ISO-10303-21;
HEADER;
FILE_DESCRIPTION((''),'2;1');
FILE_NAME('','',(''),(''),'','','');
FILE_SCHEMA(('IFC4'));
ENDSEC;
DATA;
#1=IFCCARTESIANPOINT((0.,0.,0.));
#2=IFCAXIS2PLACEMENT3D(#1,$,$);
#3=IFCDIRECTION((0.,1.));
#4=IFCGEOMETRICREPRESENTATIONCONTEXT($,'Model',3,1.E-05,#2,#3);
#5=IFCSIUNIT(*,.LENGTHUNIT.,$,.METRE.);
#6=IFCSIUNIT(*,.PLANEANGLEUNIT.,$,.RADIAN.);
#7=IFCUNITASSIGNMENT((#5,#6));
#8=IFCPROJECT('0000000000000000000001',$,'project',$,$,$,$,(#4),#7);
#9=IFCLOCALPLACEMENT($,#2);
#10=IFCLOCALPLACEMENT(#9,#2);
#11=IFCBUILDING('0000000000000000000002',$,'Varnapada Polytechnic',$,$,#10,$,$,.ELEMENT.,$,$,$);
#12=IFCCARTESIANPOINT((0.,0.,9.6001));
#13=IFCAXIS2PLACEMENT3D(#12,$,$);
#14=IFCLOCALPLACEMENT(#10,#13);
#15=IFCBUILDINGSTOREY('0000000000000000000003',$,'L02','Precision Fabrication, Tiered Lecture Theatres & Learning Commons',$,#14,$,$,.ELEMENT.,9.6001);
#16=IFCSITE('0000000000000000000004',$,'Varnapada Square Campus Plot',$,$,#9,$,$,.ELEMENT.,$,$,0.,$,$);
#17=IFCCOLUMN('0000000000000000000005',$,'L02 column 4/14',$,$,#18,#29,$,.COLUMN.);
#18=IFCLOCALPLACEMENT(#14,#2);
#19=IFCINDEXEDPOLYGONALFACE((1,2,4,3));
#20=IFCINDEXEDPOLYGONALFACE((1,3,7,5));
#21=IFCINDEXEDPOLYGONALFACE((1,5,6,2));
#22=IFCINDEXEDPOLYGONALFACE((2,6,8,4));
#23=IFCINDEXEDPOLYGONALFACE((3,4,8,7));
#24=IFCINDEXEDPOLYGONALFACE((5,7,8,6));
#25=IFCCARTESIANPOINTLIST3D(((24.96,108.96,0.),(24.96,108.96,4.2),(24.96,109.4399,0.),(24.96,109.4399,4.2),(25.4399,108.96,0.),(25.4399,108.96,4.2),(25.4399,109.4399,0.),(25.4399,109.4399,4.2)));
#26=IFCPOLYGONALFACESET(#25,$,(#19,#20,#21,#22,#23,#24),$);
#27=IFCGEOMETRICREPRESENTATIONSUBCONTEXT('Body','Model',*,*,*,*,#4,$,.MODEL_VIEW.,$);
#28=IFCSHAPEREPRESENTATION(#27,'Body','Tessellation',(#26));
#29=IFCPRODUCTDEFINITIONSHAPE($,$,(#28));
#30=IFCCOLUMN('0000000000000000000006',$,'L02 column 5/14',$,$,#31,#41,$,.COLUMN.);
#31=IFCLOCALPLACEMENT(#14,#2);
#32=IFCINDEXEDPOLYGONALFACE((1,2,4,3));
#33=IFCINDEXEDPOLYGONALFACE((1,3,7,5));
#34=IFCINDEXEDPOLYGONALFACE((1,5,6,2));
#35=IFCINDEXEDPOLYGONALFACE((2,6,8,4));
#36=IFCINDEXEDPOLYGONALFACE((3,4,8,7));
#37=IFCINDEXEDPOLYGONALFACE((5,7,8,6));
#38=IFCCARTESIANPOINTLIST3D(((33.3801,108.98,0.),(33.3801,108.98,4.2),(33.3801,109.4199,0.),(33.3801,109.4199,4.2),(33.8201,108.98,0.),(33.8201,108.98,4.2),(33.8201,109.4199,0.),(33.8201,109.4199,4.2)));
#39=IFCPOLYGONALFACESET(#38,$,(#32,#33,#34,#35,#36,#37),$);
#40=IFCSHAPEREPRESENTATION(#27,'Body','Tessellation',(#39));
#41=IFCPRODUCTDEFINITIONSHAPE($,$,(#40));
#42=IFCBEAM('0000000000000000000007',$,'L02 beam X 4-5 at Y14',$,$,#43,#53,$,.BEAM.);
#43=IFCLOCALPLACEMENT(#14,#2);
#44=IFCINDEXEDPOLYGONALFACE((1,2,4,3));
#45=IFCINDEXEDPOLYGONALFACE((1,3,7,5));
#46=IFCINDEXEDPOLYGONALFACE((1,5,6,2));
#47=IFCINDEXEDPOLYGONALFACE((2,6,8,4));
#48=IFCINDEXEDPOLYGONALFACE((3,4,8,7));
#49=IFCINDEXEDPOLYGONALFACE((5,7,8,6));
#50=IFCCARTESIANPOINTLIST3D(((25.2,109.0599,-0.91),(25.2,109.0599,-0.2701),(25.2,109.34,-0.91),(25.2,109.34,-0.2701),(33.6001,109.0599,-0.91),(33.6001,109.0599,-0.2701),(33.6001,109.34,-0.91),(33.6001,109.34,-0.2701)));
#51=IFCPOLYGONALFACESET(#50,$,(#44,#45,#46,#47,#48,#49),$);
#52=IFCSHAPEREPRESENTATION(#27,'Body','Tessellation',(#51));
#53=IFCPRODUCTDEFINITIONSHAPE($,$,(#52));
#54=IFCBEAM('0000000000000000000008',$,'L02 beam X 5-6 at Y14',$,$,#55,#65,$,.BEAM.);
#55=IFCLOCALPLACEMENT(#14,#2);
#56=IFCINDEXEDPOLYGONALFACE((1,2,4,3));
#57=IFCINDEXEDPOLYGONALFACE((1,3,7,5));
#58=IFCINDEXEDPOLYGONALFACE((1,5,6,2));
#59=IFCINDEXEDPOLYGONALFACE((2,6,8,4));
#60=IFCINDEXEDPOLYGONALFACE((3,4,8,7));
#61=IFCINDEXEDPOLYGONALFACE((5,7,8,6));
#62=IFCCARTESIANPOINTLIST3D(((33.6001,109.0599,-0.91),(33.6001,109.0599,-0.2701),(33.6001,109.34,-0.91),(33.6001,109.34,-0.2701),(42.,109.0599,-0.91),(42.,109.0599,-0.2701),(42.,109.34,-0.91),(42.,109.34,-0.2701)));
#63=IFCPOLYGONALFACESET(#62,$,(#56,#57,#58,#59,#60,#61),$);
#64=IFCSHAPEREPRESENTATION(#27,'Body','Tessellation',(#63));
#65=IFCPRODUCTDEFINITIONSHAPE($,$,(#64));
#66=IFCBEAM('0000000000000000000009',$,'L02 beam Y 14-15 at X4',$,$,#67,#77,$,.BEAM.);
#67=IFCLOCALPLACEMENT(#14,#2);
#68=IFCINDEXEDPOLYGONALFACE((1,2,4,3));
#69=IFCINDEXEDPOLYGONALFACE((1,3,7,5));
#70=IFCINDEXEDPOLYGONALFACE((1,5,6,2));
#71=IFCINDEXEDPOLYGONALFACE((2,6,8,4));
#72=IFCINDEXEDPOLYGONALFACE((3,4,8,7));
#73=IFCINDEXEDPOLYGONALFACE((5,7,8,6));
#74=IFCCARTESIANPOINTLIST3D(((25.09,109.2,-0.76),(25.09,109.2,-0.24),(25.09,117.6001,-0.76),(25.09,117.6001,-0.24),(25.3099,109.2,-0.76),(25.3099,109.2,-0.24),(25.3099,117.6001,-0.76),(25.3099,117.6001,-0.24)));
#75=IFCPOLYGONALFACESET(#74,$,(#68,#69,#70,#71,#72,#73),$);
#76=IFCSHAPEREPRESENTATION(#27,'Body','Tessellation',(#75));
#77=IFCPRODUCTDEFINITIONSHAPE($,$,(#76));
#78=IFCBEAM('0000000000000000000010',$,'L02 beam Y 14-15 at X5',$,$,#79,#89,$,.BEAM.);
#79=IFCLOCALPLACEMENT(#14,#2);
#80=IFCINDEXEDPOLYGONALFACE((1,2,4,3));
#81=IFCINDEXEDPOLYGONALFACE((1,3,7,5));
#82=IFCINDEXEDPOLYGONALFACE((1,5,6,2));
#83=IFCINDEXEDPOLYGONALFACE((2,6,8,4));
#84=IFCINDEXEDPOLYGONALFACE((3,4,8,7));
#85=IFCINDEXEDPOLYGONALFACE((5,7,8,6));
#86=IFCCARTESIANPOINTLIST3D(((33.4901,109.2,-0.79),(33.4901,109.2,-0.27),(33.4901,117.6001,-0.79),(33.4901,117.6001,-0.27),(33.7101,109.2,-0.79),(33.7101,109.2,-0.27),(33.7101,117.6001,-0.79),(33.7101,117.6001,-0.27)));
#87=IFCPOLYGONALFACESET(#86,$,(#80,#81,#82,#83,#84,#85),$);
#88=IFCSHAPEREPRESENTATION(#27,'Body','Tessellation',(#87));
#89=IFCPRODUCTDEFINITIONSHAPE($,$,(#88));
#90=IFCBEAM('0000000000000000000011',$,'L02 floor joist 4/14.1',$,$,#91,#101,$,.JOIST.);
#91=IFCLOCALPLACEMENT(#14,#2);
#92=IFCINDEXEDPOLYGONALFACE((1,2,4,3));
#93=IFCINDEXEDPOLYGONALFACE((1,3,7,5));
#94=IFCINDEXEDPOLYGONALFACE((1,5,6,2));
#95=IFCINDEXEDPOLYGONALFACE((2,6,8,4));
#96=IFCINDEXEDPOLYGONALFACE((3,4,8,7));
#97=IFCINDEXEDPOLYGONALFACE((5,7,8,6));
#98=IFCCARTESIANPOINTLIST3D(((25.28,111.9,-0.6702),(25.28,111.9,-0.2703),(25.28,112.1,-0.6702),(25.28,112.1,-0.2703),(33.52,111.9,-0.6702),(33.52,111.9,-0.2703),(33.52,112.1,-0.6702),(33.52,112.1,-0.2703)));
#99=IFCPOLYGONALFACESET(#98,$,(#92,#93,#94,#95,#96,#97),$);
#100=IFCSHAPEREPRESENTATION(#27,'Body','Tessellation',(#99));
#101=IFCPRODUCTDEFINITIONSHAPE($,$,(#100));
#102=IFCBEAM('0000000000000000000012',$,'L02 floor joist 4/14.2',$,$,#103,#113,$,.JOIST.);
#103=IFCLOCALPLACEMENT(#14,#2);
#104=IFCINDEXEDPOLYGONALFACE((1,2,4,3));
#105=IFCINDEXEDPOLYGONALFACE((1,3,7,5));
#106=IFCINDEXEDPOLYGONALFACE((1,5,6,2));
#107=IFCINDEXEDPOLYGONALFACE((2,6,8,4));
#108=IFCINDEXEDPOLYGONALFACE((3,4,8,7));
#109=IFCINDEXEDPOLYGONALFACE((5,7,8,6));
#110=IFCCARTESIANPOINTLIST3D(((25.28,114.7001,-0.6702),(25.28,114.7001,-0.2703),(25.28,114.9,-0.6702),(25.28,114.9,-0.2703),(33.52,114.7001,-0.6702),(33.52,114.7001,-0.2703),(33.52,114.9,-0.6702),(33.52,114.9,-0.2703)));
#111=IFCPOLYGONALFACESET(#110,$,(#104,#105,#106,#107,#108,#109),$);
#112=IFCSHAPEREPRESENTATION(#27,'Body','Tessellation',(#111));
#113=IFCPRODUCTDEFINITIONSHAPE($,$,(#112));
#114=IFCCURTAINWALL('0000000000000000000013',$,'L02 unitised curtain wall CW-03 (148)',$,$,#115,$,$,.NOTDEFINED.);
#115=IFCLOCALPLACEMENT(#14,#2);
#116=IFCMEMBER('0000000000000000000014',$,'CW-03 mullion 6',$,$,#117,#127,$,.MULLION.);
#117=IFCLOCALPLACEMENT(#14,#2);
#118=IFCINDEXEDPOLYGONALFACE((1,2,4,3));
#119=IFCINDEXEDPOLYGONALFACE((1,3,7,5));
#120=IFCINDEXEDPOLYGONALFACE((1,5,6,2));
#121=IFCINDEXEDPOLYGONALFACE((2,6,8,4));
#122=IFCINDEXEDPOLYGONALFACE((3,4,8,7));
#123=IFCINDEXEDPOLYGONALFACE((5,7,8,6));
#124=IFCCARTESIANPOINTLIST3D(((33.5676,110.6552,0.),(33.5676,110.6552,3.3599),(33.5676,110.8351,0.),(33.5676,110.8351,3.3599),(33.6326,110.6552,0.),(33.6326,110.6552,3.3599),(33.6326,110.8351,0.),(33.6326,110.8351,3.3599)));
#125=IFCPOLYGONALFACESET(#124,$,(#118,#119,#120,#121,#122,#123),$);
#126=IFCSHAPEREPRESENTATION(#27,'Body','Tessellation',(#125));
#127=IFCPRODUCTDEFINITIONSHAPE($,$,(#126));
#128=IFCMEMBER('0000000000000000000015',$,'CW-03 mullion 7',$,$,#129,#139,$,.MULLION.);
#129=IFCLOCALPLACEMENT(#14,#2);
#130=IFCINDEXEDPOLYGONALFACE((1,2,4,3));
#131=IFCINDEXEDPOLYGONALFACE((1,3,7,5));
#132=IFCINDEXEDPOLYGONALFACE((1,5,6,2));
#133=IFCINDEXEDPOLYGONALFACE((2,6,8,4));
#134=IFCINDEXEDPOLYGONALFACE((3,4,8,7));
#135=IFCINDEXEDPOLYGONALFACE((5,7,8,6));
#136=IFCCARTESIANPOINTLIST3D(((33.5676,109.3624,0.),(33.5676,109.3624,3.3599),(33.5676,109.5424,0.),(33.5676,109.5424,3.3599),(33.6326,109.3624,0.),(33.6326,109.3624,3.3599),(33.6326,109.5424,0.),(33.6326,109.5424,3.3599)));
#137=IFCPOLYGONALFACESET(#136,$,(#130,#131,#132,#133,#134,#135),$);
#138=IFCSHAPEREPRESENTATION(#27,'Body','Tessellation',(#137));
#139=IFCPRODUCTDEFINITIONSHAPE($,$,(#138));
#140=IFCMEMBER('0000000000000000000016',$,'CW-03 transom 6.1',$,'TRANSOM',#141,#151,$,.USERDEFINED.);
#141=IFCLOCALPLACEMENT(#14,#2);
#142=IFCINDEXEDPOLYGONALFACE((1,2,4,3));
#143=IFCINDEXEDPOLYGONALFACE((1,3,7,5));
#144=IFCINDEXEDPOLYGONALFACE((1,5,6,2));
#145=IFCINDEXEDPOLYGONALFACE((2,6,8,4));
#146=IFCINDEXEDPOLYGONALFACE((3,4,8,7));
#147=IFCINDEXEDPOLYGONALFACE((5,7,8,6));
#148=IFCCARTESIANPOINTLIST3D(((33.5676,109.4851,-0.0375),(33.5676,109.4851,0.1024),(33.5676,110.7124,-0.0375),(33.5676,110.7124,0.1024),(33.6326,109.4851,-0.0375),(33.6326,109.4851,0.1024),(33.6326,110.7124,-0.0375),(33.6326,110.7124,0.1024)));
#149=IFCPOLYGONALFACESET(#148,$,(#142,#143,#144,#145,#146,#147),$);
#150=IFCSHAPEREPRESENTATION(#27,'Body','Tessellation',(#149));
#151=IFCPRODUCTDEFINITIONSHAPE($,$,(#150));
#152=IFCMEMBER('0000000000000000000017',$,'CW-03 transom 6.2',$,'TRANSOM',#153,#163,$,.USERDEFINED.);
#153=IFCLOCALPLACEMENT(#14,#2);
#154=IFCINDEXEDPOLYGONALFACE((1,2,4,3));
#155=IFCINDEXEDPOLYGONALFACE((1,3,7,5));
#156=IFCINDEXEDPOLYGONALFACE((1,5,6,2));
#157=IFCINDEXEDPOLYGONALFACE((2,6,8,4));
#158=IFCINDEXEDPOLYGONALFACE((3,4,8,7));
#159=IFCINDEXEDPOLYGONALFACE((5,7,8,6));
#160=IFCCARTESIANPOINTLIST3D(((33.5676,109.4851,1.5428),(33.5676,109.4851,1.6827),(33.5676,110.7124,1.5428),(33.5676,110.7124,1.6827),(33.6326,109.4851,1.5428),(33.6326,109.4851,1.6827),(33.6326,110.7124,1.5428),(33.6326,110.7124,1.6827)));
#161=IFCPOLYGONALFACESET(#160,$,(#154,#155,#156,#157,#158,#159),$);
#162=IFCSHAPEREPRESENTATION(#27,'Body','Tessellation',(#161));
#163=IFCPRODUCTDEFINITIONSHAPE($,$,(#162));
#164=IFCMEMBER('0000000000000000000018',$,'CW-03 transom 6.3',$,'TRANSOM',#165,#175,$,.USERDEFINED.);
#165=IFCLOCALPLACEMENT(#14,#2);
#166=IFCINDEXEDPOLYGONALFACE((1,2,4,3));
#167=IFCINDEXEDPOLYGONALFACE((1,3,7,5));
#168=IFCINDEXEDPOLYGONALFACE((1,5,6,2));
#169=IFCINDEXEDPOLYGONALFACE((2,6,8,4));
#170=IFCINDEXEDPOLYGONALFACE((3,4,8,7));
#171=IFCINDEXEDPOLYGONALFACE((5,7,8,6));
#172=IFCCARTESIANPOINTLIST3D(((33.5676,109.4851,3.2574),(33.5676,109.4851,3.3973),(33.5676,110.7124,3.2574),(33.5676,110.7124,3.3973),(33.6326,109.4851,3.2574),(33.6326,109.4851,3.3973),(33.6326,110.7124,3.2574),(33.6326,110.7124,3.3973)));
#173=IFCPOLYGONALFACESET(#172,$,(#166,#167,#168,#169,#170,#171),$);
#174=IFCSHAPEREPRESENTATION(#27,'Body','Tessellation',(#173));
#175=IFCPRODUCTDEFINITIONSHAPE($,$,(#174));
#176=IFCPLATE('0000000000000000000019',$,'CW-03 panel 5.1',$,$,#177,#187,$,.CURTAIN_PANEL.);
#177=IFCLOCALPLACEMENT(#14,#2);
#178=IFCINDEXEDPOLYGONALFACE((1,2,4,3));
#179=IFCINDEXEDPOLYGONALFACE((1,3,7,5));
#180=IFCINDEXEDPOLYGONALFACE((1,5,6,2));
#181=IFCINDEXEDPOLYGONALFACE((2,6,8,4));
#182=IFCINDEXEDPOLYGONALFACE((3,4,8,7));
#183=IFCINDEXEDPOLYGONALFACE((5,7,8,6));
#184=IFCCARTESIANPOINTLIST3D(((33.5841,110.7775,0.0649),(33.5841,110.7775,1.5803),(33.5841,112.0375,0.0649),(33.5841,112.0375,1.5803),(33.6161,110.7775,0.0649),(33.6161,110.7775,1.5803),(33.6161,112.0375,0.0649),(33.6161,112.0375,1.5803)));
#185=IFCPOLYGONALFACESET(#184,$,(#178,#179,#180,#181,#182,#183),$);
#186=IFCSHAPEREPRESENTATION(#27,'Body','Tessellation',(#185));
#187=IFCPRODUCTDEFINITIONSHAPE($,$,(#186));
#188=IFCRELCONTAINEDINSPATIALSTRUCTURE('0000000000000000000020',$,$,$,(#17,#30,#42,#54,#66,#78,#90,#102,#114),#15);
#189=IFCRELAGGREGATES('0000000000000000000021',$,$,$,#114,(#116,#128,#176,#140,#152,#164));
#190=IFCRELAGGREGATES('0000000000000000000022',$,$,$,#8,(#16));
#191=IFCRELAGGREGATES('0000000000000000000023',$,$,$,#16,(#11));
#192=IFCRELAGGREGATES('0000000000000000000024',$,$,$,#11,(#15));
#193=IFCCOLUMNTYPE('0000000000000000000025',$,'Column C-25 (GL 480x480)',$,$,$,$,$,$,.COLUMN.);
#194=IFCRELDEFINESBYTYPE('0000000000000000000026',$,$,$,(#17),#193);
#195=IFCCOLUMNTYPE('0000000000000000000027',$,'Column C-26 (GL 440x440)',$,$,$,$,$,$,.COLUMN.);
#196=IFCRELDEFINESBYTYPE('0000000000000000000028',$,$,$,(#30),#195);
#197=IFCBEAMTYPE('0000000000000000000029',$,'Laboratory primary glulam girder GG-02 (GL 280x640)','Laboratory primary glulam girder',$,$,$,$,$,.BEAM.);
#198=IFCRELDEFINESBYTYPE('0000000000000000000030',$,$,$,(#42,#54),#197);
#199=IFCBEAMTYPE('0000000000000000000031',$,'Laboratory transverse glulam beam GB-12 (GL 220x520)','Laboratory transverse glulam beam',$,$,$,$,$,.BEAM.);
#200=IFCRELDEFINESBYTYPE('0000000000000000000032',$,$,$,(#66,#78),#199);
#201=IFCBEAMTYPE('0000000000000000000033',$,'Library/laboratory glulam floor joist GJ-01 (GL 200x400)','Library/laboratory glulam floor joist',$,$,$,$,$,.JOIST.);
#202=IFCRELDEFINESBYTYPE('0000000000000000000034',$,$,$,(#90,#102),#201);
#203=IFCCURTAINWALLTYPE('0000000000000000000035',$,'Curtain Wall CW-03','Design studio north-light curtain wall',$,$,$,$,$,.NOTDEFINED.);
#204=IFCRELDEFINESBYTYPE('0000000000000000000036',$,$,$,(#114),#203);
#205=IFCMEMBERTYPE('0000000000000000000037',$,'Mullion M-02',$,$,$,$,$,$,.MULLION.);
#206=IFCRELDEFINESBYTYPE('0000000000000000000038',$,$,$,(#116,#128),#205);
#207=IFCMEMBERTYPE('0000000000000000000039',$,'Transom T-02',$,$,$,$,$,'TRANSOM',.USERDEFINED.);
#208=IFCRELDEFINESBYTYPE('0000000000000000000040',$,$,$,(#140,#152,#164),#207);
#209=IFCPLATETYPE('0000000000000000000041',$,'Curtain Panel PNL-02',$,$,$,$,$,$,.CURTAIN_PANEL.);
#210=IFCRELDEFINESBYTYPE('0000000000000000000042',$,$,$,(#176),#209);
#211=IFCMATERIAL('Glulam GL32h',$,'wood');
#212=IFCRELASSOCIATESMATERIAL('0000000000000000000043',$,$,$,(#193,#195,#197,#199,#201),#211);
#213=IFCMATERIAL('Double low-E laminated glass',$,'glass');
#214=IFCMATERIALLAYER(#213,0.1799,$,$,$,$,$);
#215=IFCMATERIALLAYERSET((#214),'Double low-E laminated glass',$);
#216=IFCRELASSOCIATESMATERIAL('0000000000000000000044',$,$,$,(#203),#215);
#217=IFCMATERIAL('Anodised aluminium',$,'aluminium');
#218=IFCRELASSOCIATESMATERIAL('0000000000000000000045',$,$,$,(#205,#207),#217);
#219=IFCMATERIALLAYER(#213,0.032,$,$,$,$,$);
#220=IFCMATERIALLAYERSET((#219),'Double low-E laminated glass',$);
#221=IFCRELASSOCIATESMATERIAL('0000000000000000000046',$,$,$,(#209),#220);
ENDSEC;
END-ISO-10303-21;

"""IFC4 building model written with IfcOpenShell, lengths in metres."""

from ifc_helpers import new_model, si_unit, direction, frame, origin, origin_2d, place, context, subcontext, project, spatial, rectangle, extrude, material, layer, layer_set, material_profile, profile_set, type_object, element, aggregate, save


model = new_model("IFC4")

# Units and contexts
model_context = context("Model", 3, precision=1e-05, world=origin(), true_north=direction((0.0, 1.0)))
body_context = subcontext(model_context, "Body", "Model", "MODEL_VIEW")
ifc_project = project(units=[si_unit("LENGTHUNIT", "METRE"), si_unit("PLANEANGLEUNIT", "RADIAN")], contexts=[model_context])

# Site, building, storey
site_placement = place(None, origin())
site = spatial("IfcSite", under=ifc_project, at=site_placement, Name="Varnapada Square Campus Plot", CompositionType="ELEMENT", RefElevation=0.0)
building_placement = place(site_placement, origin())
building = spatial("IfcBuilding", under=site, at=building_placement, Name="Varnapada Polytechnic", CompositionType="ELEMENT")
storey_placement = place(building_placement, frame((0.0, 0.0, 9.6001)))
storey = spatial("IfcBuildingStorey", under=building, at=storey_placement, Name="L02", Description="Precision Fabrication, Tiered Lecture Theatres & Learning Commons", CompositionType="ELEMENT", Elevation=9.6001)

# Columns
ifc_material_1 = material(Name="Glulam GL32h", Category="wood")
ifc_material_profile_1 = material_profile(ifc_material_1, rectangle(XDim=0.48, YDim=0.48, at=origin_2d()), Name="GL 480x480")
ifc_profile_set_1 = profile_set([ifc_material_profile_1], Name="Glulam GL32h")
column_type_1 = type_object("IfcColumnType", Name="Column C-25 (GL 480x480)", PredefinedType="COLUMN", material=ifc_profile_set_1)
column_1_placement = place(storey_placement, frame((25.2, 109.2, 0.0), z_axis=(0.0, 0.0, 1.0), x_axis=(1.0, 0.0, 0.0)))
element("IfcColumn", 1, at=column_1_placement, inside=storey, type_object=column_type_1, Name="L02 column 4/14", PredefinedType="COLUMN", context=body_context, shape_type="SweptSolid", body=[
    extrude(rectangle(XDim=0.48, YDim=0.48, at=origin_2d()), origin(), (0.0, 0.0, 1.0), 4.2),
])
ifc_material_profile_2 = material_profile(ifc_material_1, rectangle(XDim=0.4399, YDim=0.4399, at=origin_2d()), Name="GL 440x440")
ifc_profile_set_2 = profile_set([ifc_material_profile_2], Name="Glulam GL32h")
column_type_2 = type_object("IfcColumnType", Name="Column C-26 (GL 440x440)", PredefinedType="COLUMN", material=ifc_profile_set_2)
column_2_placement = place(storey_placement, frame((33.6001, 109.2, 0.0), z_axis=(0.0, 0.0, 1.0), x_axis=(1.0, 0.0, 0.0)))
element("IfcColumn", 2, at=column_2_placement, inside=storey, type_object=column_type_2, Name="L02 column 5/14", PredefinedType="COLUMN", context=body_context, shape_type="SweptSolid", body=[
    extrude(rectangle(XDim=0.4399, YDim=0.4399, at=origin_2d()), origin(), (0.0, 0.0, 1.0), 4.2),
])

# Beams
ifc_material_profile_3 = material_profile(ifc_material_1, rectangle(XDim=0.28, YDim=0.6399, at=origin_2d()), Name="GL 280x640")
ifc_profile_set_3 = profile_set([ifc_material_profile_3], Name="Glulam GL32h")
beam_type_1 = type_object("IfcBeamType", Name="Laboratory primary glulam girder GG-02 (GL 280x640)", Description="Laboratory primary glulam girder", PredefinedType="BEAM", material=ifc_profile_set_3)
beam_1_placement = place(storey_placement, frame((25.2, 109.2, -0.5901), z_axis=(1.0, 0.0, 0.0), x_axis=(0.0, 1.0, 0.0)))
element("IfcBeam", 3, at=beam_1_placement, inside=storey, type_object=beam_type_1, Name="L02 beam X 4-5 at Y14", PredefinedType="BEAM", context=body_context, shape_type="SweptSolid", body=[
    extrude(rectangle(XDim=0.28, YDim=0.6399, at=origin_2d()), origin(), (0.0, 0.0, 1.0), 8.4001),
])
beam_2_placement = place(storey_placement, frame((33.6001, 109.2, -0.5901), z_axis=(1.0, 0.0, 0.0), x_axis=(0.0, 1.0, 0.0)))
element("IfcBeam", 4, at=beam_2_placement, inside=storey, type_object=beam_type_1, Name="L02 beam X 5-6 at Y14", PredefinedType="BEAM", context=body_context, shape_type="SweptSolid", body=[
    extrude(rectangle(XDim=0.28, YDim=0.6399, at=origin_2d()), origin(), (0.0, 0.0, 1.0), 8.3999),
])
ifc_material_profile_4 = material_profile(ifc_material_1, rectangle(XDim=0.22, YDim=0.52, at=origin_2d()), Name="GL 220x520")
ifc_profile_set_4 = profile_set([ifc_material_profile_4], Name="Glulam GL32h")
beam_type_2 = type_object("IfcBeamType", Name="Laboratory transverse glulam beam GB-12 (GL 220x520)", Description="Laboratory transverse glulam beam", PredefinedType="BEAM", material=ifc_profile_set_4)
for number, where, z_axis, x_axis, name in (
    (5, (25.2, 109.2, -0.5), (0.0, 1.0, 0.0), (-1.0, 0.0, 0.0), "L02 beam Y 14-15 at X4"),
    (6, (33.6001, 109.2, -0.53), (0.0, 1.0, 0.0), (-1.0, 0.0, 0.0), "L02 beam Y 14-15 at X5"),
):
    element("IfcBeam", number, at=place(storey_placement, frame(where, z_axis=z_axis, x_axis=x_axis)), inside=storey, type_object=beam_type_2, Name=name, PredefinedType="BEAM", context=body_context, shape_type="SweptSolid", body=[
        extrude(rectangle(XDim=0.22, YDim=0.52, at=origin_2d()), origin(), (0.0, 0.0, 1.0), 8.4001),
    ])
ifc_material_profile_5 = material_profile(ifc_material_1, rectangle(XDim=0.2, YDim=0.3999, at=origin_2d()), Name="GL 200x400")
ifc_profile_set_5 = profile_set([ifc_material_profile_5], Name="Glulam GL32h")
beam_type_3 = type_object("IfcBeamType", Name="Library/laboratory glulam floor joist GJ-01 (GL 200x400)", Description="Library/laboratory glulam floor joist", PredefinedType="JOIST", material=ifc_profile_set_5)
for number, where, z_axis, x_axis, name in (
    (7, (25.28, 112.0, -0.4702), (1.0, 0.0, 0.0), (0.0, 1.0, 0.0), "L02 floor joist 4/14.1"),
    (8, (25.28, 114.8, -0.4702), (1.0, 0.0, 0.0), (0.0, 1.0, 0.0), "L02 floor joist 4/14.2"),
):
    element("IfcBeam", number, at=place(storey_placement, frame(where, z_axis=z_axis, x_axis=x_axis)), inside=storey, type_object=beam_type_3, Name=name, PredefinedType="JOIST", context=body_context, shape_type="SweptSolid", body=[
        extrude(rectangle(XDim=0.2, YDim=0.3999, at=origin_2d()), origin(), (0.0, 0.0, 1.0), 8.24),
    ])

# Curtain wall, members, plate
ifc_material_2 = material(Name="Double low-E laminated glass", Category="glass")
ifc_layer_1 = layer(ifc_material_2, 0.1799)
ifc_layer_set_1 = layer_set([ifc_layer_1], Name="Double low-E laminated glass")
curtain_wall_type = type_object("IfcCurtainWallType", Name="Curtain Wall CW-03", Description="Design studio north-light curtain wall", PredefinedType="NOTDEFINED", material=ifc_layer_set_1)
curtain_wall_placement = place(storey_placement, origin())
curtain_wall = element("IfcCurtainWall", 9, at=curtain_wall_placement, inside=storey, type_object=curtain_wall_type, Name="L02 unitised curtain wall CW-03 (148)", PredefinedType="NOTDEFINED")
ifc_material_3 = material(Name="Anodised aluminium", Category="aluminium")
ifc_material_profile_6 = material_profile(ifc_material_3, rectangle(XDim=0.0649, YDim=0.1799, at=origin_2d()), Name="ALU M65x180")
ifc_profile_set_6 = profile_set([ifc_material_profile_6], Name="Anodised aluminium")
member_type_1 = type_object("IfcMemberType", Name="Mullion M-02", PredefinedType="MULLION", material=ifc_profile_set_6)
member_1_placement = place(storey_placement, frame((33.6001, 110.7451, 0.0), z_axis=(0.0, 0.0, 1.0), x_axis=(1.0, 0.0, 0.0)))
member_1 = element("IfcMember", 10, at=member_1_placement, type_object=member_type_1, Name="CW-03 mullion 6", PredefinedType="MULLION", context=body_context, shape_type="SweptSolid", body=[
    extrude(rectangle(XDim=0.0649, YDim=0.1799, at=origin_2d()), origin(), (0.0, 0.0, 1.0), 3.3599),
])
member_2_placement = place(storey_placement, frame((33.6001, 109.4524, 0.0), z_axis=(0.0, 0.0, 1.0), x_axis=(1.0, 0.0, 0.0)))
member_2 = element("IfcMember", 11, at=member_2_placement, type_object=member_type_1, Name="CW-03 mullion 7", PredefinedType="MULLION", context=body_context, shape_type="SweptSolid", body=[
    extrude(rectangle(XDim=0.0649, YDim=0.1799, at=origin_2d()), origin(), (0.0, 0.0, 1.0), 3.3599),
])
ifc_material_profile_7 = material_profile(ifc_material_3, rectangle(XDim=0.0649, YDim=0.1399, at=origin_2d()), Name="ALU T65x140")
ifc_profile_set_7 = profile_set([ifc_material_profile_7], Name="Anodised aluminium")
member_type_2 = type_object("IfcMemberType", Name="Transom T-02", ElementType="TRANSOM", PredefinedType="USERDEFINED", material=ifc_profile_set_7)
member_3_placement = place(storey_placement, frame((33.6001, 110.7124, 0.0325), z_axis=(0.0, -1.0, 0.0), x_axis=(1.0, 0.0, 0.0)))
member_3 = element("IfcMember", 12, at=member_3_placement, type_object=member_type_2, Name="CW-03 transom 6.1", ObjectType="TRANSOM", PredefinedType="USERDEFINED", context=body_context, shape_type="SweptSolid", body=[
    extrude(rectangle(XDim=0.0649, YDim=0.1399, at=origin_2d()), origin(), (0.0, 0.0, 1.0), 1.2273),
])
member_4_placement = place(storey_placement, frame((33.6001, 110.7124, 1.6128), z_axis=(0.0, -1.0, 0.0), x_axis=(1.0, 0.0, 0.0)))
member_4 = element("IfcMember", 13, at=member_4_placement, type_object=member_type_2, Name="CW-03 transom 6.2", ObjectType="TRANSOM", PredefinedType="USERDEFINED", context=body_context, shape_type="SweptSolid", body=[
    extrude(rectangle(XDim=0.0649, YDim=0.1399, at=origin_2d()), origin(), (0.0, 0.0, 1.0), 1.2273),
])
member_5_placement = place(storey_placement, frame((33.6001, 110.7124, 3.3274), z_axis=(0.0, -1.0, 0.0), x_axis=(1.0, 0.0, 0.0)))
member_5 = element("IfcMember", 14, at=member_5_placement, type_object=member_type_2, Name="CW-03 transom 6.3", ObjectType="TRANSOM", PredefinedType="USERDEFINED", context=body_context, shape_type="SweptSolid", body=[
    extrude(rectangle(XDim=0.0649, YDim=0.1399, at=origin_2d()), origin(), (0.0, 0.0, 1.0), 1.2273),
])
ifc_layer_2 = layer(ifc_material_2, 0.032)
ifc_layer_set_2 = layer_set([ifc_layer_2], Name="Double low-E laminated glass")
plate_type = type_object("IfcPlateType", Name="Curtain Panel PNL-02", PredefinedType="CURTAIN_PANEL", material=ifc_layer_set_2)
plate_1_placement = place(storey_placement, frame((33.6001, 111.4075, 0.0649), z_axis=(0.0, 0.0, 1.0), x_axis=(0.0, -1.0, 0.0)))
plate_1 = element("IfcPlate", 15, at=plate_1_placement, type_object=plate_type, Name="CW-03 panel 5.1", PredefinedType="CURTAIN_PANEL", context=body_context, shape_type="SweptSolid", body=[
    extrude(rectangle(XDim=1.26, YDim=0.032, at=origin_2d()), origin(), (0.0, 0.0, 1.0), 1.5154),
])
aggregate(curtain_wall, [member_1, member_2, plate_1, member_3, member_4, member_5])

save(model, "model.ifc")
